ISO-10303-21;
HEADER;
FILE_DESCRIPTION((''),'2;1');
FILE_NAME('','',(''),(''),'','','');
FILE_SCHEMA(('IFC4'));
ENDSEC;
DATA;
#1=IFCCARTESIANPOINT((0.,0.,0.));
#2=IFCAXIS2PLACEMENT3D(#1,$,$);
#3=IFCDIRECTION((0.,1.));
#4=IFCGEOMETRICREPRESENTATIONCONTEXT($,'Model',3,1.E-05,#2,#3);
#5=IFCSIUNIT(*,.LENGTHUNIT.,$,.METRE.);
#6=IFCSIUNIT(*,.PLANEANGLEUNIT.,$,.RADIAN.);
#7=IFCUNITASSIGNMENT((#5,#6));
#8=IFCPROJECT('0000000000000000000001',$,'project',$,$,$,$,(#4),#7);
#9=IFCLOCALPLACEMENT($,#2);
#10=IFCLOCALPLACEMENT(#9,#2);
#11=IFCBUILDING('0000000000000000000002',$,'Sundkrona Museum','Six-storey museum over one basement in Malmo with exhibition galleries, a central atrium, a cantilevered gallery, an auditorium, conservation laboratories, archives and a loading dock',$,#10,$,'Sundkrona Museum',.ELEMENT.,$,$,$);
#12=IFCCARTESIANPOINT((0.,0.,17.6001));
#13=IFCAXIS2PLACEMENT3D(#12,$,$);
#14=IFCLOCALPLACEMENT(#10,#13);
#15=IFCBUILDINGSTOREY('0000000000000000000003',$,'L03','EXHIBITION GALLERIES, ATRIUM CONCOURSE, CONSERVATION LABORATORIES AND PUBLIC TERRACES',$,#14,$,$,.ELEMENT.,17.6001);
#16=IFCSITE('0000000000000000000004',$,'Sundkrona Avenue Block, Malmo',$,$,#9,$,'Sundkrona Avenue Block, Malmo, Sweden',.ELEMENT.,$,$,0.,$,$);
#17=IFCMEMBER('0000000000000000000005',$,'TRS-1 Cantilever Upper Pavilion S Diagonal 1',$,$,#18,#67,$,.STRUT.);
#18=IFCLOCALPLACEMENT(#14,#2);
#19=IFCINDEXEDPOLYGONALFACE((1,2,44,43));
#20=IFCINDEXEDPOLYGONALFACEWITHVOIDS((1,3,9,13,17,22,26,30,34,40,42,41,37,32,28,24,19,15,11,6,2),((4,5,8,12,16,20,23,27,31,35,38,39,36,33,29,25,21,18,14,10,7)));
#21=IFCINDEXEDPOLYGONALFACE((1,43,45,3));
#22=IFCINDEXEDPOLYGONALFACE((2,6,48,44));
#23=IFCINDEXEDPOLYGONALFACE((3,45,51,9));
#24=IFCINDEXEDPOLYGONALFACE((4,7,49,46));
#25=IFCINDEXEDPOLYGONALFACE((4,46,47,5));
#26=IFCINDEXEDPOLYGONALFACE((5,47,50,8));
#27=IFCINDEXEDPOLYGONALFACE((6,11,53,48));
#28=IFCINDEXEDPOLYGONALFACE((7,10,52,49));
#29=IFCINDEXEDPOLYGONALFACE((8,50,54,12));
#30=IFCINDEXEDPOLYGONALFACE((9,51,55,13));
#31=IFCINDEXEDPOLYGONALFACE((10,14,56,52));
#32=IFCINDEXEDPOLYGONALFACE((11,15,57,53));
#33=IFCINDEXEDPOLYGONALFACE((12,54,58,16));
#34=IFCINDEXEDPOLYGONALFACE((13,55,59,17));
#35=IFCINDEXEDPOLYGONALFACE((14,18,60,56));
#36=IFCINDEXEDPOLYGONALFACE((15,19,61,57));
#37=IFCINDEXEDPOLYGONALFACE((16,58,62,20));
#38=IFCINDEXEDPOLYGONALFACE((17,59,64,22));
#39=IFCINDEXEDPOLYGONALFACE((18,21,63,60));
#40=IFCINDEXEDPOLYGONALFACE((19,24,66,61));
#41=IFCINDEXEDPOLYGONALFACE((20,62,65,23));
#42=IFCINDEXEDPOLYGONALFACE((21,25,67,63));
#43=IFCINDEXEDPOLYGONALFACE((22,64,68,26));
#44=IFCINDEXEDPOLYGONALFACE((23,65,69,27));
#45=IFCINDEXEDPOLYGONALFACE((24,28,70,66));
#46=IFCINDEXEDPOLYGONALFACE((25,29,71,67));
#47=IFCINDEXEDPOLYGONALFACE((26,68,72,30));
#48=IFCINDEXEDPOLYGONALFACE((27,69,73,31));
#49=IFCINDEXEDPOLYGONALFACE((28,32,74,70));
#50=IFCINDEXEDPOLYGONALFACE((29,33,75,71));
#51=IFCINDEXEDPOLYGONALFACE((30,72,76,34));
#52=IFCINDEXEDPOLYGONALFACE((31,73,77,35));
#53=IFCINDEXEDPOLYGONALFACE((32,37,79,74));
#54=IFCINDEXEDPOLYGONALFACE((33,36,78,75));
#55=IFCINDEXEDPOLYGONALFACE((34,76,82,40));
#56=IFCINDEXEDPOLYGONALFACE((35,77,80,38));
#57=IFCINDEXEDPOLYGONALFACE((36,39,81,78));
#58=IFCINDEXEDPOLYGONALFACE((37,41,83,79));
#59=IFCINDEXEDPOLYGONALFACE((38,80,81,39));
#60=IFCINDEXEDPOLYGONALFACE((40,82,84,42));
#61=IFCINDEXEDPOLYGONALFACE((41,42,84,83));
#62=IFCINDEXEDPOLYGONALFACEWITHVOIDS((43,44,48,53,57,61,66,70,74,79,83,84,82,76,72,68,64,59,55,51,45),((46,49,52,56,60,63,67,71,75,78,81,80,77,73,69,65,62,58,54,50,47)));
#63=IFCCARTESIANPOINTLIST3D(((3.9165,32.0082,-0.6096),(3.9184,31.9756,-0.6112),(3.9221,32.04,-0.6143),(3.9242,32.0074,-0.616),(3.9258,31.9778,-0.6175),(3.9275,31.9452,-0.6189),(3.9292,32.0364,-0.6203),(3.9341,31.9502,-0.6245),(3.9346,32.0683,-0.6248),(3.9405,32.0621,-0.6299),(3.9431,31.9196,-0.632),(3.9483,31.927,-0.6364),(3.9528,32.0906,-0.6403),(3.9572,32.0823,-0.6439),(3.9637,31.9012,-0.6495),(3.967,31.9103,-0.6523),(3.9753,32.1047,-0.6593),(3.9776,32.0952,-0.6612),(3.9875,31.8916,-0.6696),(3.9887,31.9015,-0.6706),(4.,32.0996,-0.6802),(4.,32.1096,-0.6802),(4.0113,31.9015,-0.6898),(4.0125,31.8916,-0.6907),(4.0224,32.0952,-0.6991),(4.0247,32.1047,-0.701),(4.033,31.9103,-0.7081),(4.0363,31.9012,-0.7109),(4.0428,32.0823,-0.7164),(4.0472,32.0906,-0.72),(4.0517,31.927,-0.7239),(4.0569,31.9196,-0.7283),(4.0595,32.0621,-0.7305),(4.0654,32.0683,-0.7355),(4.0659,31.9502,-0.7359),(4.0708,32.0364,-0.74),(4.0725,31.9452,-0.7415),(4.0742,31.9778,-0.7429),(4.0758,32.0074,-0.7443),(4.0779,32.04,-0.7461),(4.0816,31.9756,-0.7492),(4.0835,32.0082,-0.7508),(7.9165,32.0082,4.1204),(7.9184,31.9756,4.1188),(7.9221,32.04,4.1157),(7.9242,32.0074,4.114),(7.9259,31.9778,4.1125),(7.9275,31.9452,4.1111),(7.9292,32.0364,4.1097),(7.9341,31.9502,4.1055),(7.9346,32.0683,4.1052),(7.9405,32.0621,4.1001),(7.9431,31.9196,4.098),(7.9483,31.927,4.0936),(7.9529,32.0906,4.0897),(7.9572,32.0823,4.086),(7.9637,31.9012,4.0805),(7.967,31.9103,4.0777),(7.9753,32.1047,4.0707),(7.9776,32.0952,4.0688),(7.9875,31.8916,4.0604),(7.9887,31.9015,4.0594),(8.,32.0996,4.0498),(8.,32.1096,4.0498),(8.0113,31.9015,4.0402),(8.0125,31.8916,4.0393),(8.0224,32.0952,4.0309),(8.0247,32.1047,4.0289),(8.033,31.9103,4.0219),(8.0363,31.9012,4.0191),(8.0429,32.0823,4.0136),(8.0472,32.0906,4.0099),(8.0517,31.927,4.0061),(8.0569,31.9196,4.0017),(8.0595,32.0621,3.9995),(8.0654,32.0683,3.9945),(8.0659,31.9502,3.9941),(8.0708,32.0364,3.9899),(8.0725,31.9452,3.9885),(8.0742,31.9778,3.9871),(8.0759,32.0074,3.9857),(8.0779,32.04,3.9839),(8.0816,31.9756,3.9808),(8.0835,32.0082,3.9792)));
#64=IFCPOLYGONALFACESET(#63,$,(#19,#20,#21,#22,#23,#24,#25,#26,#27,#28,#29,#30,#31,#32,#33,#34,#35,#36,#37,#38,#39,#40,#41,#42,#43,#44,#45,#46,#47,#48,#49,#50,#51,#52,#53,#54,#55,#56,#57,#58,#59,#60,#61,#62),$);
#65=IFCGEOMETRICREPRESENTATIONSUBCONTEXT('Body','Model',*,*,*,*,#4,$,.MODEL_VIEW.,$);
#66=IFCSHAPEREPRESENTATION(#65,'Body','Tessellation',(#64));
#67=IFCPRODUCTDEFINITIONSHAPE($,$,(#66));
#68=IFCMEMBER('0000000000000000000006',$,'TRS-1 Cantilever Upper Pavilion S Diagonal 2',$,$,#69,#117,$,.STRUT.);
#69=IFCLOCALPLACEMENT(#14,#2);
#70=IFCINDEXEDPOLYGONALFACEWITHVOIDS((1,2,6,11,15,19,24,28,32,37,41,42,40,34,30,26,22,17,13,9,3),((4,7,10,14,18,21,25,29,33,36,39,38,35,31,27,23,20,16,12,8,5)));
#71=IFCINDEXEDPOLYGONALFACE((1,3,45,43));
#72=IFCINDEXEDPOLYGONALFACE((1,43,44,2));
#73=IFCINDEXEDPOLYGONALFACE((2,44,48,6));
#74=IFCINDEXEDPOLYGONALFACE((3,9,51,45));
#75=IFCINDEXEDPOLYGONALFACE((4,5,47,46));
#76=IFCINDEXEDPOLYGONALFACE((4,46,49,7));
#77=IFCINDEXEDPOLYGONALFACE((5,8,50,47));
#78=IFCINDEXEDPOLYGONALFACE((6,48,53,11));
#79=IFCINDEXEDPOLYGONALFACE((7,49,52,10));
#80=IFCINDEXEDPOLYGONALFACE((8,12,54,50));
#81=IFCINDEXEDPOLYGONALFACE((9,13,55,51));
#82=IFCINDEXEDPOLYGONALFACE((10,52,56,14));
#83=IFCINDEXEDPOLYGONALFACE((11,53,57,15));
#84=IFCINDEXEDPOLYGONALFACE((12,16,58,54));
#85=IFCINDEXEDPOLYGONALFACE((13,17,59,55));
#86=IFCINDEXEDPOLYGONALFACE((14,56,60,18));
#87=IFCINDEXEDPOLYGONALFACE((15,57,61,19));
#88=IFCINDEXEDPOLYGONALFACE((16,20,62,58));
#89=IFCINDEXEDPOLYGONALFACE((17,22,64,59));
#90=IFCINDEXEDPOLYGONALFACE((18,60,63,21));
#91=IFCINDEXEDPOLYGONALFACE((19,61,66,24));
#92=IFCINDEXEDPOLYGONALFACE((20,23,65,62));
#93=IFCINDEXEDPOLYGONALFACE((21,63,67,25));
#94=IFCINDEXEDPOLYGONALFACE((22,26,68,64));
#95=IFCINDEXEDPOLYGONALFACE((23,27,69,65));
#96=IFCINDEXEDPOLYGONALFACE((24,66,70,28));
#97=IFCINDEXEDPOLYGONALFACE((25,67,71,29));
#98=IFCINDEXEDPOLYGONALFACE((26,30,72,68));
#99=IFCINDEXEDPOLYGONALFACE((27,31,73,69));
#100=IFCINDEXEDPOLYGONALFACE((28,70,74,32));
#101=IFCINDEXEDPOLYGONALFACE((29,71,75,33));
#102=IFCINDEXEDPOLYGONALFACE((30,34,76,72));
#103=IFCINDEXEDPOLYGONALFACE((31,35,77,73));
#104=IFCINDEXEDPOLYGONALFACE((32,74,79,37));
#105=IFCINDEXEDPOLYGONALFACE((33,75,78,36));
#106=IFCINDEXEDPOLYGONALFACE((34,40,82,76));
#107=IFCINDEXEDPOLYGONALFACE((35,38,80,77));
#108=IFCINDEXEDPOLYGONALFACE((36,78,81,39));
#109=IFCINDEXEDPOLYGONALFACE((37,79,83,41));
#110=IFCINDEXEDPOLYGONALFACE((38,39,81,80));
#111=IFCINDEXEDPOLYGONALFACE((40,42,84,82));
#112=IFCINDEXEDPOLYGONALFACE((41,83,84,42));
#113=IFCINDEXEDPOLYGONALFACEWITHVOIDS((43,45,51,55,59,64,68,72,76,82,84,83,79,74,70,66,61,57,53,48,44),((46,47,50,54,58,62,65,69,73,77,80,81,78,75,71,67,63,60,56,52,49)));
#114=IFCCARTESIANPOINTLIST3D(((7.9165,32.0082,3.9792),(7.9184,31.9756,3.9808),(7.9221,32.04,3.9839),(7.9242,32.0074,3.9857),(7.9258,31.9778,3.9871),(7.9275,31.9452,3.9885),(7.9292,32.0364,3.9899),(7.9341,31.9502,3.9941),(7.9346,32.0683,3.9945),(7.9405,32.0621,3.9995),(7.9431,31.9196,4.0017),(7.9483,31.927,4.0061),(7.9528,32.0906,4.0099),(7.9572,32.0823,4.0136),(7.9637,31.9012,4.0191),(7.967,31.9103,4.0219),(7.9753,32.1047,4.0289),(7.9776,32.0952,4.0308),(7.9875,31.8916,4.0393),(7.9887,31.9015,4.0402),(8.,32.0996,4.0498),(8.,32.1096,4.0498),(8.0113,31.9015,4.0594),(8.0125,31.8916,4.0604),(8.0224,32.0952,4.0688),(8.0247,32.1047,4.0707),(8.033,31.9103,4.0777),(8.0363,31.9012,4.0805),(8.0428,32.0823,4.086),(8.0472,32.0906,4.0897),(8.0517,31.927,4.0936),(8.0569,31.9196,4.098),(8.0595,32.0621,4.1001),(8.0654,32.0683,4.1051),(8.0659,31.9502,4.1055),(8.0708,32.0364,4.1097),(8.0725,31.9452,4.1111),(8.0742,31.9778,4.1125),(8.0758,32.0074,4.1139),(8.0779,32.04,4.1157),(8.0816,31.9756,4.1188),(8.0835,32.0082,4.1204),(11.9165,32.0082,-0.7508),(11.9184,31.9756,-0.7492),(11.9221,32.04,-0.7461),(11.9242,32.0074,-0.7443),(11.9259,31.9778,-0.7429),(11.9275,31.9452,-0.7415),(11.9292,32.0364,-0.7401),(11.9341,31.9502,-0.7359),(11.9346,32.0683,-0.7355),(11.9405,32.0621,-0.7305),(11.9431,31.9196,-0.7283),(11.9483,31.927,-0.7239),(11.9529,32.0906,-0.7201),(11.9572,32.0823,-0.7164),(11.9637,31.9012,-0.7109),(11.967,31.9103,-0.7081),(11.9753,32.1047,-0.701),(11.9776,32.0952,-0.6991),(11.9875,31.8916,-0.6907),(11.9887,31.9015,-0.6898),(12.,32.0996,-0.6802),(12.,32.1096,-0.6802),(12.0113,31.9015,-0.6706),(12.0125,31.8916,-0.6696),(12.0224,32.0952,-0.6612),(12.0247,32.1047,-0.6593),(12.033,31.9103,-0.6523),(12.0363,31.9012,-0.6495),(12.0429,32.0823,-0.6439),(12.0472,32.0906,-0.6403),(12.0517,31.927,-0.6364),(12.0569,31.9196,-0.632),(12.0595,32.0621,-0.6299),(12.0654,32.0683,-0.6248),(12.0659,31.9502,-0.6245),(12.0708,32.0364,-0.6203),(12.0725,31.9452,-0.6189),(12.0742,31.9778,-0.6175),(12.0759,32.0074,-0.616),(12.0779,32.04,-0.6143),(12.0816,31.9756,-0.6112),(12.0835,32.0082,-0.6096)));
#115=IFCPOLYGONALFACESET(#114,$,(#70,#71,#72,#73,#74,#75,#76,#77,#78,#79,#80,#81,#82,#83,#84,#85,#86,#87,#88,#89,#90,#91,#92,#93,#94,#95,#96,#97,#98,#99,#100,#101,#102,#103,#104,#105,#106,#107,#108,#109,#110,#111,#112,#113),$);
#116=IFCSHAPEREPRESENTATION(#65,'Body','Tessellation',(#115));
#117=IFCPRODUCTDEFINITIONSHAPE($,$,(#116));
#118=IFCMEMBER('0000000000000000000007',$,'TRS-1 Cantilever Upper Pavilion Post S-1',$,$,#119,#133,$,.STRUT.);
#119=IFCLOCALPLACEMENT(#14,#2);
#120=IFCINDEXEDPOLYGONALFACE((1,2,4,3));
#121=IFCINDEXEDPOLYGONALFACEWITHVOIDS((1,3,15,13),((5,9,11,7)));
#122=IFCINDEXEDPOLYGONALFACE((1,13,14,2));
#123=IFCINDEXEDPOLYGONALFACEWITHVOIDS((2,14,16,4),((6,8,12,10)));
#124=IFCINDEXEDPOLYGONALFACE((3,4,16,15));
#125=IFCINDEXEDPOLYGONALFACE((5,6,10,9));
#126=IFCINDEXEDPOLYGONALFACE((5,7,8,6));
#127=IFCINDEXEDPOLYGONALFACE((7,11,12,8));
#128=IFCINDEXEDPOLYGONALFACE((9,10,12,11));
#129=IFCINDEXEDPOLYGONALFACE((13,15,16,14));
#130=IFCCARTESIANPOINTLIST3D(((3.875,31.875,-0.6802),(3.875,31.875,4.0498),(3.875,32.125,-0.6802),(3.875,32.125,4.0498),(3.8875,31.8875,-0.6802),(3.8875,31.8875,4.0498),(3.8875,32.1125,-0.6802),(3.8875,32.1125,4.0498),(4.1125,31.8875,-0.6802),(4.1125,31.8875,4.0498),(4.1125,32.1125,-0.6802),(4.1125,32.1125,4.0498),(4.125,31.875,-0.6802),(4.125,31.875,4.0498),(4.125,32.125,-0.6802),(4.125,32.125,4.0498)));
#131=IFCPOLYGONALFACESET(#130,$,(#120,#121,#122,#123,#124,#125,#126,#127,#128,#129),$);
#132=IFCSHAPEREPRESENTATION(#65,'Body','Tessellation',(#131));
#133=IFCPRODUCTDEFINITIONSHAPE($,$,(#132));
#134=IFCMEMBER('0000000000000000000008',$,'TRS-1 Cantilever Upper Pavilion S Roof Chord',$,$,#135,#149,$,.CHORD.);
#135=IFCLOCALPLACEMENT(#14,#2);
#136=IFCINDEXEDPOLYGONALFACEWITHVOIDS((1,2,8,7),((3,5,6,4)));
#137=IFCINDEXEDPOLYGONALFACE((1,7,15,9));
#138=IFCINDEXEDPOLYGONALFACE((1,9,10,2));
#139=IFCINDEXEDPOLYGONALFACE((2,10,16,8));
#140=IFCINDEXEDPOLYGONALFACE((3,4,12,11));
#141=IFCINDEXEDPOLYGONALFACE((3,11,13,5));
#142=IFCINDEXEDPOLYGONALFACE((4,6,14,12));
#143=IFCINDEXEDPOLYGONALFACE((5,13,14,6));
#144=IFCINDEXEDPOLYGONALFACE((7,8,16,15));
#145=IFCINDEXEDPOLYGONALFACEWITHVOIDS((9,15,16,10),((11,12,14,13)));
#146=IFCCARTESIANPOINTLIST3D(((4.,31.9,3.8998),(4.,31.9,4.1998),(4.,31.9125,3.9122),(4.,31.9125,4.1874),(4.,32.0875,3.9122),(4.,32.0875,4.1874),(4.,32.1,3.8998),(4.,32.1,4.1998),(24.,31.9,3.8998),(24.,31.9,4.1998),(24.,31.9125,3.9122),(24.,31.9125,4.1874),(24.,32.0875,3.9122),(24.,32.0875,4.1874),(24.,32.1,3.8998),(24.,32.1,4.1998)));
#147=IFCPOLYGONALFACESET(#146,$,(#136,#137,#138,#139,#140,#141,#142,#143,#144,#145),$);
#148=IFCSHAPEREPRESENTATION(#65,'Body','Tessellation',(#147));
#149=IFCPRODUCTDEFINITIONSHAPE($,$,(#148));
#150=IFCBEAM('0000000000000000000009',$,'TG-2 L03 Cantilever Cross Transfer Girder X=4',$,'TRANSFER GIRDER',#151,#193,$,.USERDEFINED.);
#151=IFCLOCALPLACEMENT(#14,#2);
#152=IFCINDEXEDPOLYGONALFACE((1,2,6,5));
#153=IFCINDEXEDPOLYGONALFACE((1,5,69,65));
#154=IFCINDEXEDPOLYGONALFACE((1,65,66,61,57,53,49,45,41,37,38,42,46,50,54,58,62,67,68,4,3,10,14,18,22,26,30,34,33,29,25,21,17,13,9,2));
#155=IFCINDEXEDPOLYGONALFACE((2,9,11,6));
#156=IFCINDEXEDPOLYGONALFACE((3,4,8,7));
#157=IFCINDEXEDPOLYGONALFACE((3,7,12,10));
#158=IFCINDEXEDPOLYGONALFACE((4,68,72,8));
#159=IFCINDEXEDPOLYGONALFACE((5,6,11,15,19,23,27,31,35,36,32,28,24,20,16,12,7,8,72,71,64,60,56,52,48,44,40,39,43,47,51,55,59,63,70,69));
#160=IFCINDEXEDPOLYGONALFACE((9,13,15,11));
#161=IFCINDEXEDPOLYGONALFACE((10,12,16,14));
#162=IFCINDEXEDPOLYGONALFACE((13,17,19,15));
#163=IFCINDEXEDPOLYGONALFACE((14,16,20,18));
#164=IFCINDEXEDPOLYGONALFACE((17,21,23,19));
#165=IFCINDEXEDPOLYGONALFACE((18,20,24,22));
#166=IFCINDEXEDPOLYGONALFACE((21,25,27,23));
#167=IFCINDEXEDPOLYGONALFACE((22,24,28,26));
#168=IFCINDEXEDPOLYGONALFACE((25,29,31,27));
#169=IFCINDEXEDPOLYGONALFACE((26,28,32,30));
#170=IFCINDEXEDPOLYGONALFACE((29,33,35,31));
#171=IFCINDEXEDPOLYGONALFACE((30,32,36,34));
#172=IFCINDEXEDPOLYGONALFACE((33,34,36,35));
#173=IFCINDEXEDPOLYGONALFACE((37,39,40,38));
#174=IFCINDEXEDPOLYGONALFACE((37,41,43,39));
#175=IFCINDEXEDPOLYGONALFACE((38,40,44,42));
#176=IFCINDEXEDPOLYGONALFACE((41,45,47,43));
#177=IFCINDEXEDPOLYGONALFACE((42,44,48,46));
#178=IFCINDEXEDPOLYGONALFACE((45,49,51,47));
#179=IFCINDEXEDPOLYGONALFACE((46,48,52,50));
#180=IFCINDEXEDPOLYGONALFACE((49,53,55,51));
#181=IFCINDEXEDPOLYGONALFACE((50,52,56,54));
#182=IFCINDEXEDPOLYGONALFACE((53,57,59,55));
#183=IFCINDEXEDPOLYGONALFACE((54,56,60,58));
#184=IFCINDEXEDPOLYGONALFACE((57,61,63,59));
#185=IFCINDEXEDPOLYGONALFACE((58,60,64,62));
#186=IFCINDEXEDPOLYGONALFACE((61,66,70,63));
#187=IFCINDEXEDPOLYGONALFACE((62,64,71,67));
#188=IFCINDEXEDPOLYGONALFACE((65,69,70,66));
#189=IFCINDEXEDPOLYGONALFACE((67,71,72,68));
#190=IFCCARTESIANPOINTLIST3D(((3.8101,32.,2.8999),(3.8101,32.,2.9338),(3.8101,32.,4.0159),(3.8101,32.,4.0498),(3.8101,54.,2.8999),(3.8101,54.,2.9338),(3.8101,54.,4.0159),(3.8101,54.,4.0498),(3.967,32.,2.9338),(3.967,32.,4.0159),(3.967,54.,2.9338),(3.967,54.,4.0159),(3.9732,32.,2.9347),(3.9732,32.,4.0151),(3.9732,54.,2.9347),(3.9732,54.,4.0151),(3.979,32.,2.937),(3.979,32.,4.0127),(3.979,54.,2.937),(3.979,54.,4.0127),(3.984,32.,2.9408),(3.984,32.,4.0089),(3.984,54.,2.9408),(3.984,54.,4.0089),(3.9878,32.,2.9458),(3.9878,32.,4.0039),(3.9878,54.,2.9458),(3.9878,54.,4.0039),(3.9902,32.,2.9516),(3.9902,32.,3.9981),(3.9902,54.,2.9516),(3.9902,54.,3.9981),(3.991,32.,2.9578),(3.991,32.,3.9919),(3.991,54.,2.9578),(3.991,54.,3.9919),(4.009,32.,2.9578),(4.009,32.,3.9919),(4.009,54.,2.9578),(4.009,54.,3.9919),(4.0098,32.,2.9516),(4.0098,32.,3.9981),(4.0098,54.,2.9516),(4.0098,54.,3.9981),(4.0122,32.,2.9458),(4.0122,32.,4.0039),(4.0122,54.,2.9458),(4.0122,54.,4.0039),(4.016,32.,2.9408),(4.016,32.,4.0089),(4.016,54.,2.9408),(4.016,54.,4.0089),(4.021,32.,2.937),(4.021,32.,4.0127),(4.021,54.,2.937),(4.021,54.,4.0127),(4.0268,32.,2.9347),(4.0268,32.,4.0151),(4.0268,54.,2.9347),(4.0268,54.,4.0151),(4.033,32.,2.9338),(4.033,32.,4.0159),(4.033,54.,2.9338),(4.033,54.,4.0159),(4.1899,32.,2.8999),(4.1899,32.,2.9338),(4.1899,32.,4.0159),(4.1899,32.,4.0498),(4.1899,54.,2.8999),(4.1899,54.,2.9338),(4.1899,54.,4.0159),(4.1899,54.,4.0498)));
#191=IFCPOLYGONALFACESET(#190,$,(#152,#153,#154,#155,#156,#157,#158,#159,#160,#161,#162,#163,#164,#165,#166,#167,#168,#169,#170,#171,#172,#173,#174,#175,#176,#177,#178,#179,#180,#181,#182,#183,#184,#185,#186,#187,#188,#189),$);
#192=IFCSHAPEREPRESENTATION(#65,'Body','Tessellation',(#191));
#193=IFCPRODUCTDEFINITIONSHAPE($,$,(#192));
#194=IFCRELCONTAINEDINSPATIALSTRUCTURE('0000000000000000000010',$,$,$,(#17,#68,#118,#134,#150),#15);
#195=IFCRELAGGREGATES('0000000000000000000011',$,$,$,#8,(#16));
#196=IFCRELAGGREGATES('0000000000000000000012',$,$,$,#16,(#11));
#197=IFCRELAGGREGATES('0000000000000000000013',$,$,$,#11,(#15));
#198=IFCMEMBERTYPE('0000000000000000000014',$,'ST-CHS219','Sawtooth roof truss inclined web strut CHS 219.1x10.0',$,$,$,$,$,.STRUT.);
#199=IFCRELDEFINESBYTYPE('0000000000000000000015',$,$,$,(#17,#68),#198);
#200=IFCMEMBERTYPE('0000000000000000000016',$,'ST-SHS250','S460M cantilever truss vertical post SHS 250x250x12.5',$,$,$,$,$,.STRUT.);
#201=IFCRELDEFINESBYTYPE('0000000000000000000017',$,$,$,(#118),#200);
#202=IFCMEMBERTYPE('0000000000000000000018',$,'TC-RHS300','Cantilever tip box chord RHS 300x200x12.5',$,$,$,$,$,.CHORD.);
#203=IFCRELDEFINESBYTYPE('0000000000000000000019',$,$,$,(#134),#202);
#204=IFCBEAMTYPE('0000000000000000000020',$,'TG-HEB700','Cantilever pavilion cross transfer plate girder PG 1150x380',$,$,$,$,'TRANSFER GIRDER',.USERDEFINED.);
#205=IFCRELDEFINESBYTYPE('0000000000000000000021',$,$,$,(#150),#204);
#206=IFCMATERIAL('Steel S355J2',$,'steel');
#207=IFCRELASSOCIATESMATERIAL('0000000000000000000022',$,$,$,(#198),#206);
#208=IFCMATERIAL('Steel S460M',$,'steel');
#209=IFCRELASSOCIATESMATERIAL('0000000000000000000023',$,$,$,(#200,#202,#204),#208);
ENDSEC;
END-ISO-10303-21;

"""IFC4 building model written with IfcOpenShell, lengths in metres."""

from ifc_helpers import new_model, si_unit, direction, frame, origin, origin_2d, place, context, subcontext, project, spatial, hollow_rectangle, hollow_circle, i_section, extrude, material, material_profile, profile_set, type_object, element, save


model = new_model("IFC4")

# Units and contexts
model_context = context("Model", 3, precision=1e-05, world=origin(), true_north=direction((0.0, 1.0)))
body_context = subcontext(model_context, "Body", "Model", "MODEL_VIEW")
ifc_project = project(units=[si_unit("LENGTHUNIT", "METRE"), si_unit("PLANEANGLEUNIT", "RADIAN")], contexts=[model_context])

# Site, building, storey
site_placement = place(None, origin())
site = spatial("IfcSite", under=ifc_project, at=site_placement, Name="Sundkrona Avenue Block, Malmo", LongName="Sundkrona Avenue Block, Malmo, Sweden", CompositionType="ELEMENT", RefElevation=0.0)
building_placement = place(site_placement, origin())
building = spatial("IfcBuilding", under=site, at=building_placement, Name="Sundkrona Museum", Description="Six-storey museum over one basement in Malmo with exhibition galleries, a central atrium, a cantilevered gallery, an auditorium, conservation laboratories, archives and a loading dock", LongName="Sundkrona Museum", CompositionType="ELEMENT")
storey_placement = place(building_placement, frame((0.0, 0.0, 17.6001)))
storey = spatial("IfcBuildingStorey", under=building, at=storey_placement, Name="L03", Description="EXHIBITION GALLERIES, ATRIUM CONCOURSE, CONSERVATION LABORATORIES AND PUBLIC TERRACES", CompositionType="ELEMENT", Elevation=17.6001)

# Members
ifc_material_1 = material(Name="Steel S355J2", Category="steel")
ifc_material_profile_1 = material_profile(ifc_material_1, hollow_circle(Radius=0.1096, WallThickness=0.01, at=origin_2d()), Name="CHS 219.1x10.0")
ifc_profile_set_1 = profile_set([ifc_material_profile_1], Name="Steel S355J2")
member_type_1 = type_object("IfcMemberType", Name="ST-CHS219", Description="Sawtooth roof truss inclined web strut CHS 219.1x10.0", PredefinedType="STRUT", material=ifc_profile_set_1)
for number, where, z_axis, x_axis, name in (
    (1, (4.0, 32.0, -0.6802), (0.645727, 0.0, 0.763569), (0.0, 1.0, 0.0), "TRS-1 Cantilever Upper Pavilion S Diagonal 1"),
    (2, (8.0, 32.0, 4.0498), (0.645727, 0.0, -0.763569), (0.0, 1.0, 0.0), "TRS-1 Cantilever Upper Pavilion S Diagonal 2"),
):
    element("IfcMember", number, at=place(storey_placement, frame(where, z_axis=z_axis, x_axis=x_axis)), inside=storey, type_object=member_type_1, Name=name, PredefinedType="STRUT", context=body_context, shape_type="SweptSolid", body=[
        extrude(hollow_circle(Radius=0.1096, WallThickness=0.01, at=origin_2d()), origin(), (0.0, 0.0, 1.0), 6.1946),
    ])
ifc_material_2 = material(Name="Steel S460M", Category="steel")
ifc_material_profile_2 = material_profile(ifc_material_2, hollow_rectangle(XDim=0.25, YDim=0.25, WallThickness=0.0125, at=origin_2d()), Name="SHS 250x250x12.5")
ifc_profile_set_2 = profile_set([ifc_material_profile_2], Name="Steel S460M")
member_type_2 = type_object("IfcMemberType", Name="ST-SHS250", Description="S460M cantilever truss vertical post SHS 250x250x12.5", PredefinedType="STRUT", material=ifc_profile_set_2)
member_1_placement = place(storey_placement, frame((4.0, 32.0, -0.6802), z_axis=(0.0, 0.0, 1.0), x_axis=(1.0, 0.0, 0.0)))
element("IfcMember", 3, at=member_1_placement, inside=storey, type_object=member_type_2, Name="TRS-1 Cantilever Upper Pavilion Post S-1", PredefinedType="STRUT", context=body_context, shape_type="SweptSolid", body=[
    extrude(hollow_rectangle(XDim=0.25, YDim=0.25, WallThickness=0.0125, at=origin_2d()), origin(), (0.0, 0.0, 1.0), 4.73),
])
ifc_material_profile_3 = material_profile(ifc_material_2, hollow_rectangle(XDim=0.2, YDim=0.3, WallThickness=0.0125, at=origin_2d()), Name="RHS 300x200x12.5")
ifc_profile_set_3 = profile_set([ifc_material_profile_3], Name="Steel S460M")
member_type_3 = type_object("IfcMemberType", Name="TC-RHS300", Description="Cantilever tip box chord RHS 300x200x12.5", PredefinedType="CHORD", material=ifc_profile_set_3)
member_2_placement = place(storey_placement, frame((4.0, 32.0, 4.0498), z_axis=(1.0, 0.0, 0.0), x_axis=(0.0, 1.0, 0.0)))
element("IfcMember", 4, at=member_2_placement, inside=storey, type_object=member_type_3, Name="TRS-1 Cantilever Upper Pavilion S Roof Chord", PredefinedType="CHORD", context=body_context, shape_type="SweptSolid", body=[
    extrude(hollow_rectangle(XDim=0.2, YDim=0.3, WallThickness=0.0125, at=origin_2d()), origin(), (0.0, 0.0, 1.0), 20.0),
])

# Beam
ifc_material_profile_4 = material_profile(ifc_material_2, i_section(OverallWidth=0.3799, OverallDepth=1.1499, WebThickness=0.0181, FlangeThickness=0.0339, FilletRadius=0.0239, at=origin_2d()), Name="PG 1150x380")
ifc_profile_set_4 = profile_set([ifc_material_profile_4], Name="Steel S460M")
beam_type = type_object("IfcBeamType", Name="TG-HEB700", Description="Cantilever pavilion cross transfer plate girder PG 1150x380", ElementType="TRANSFER GIRDER", PredefinedType="USERDEFINED", material=ifc_profile_set_4)
beam_placement = place(storey_placement, frame((4.0, 32.0, 3.4749), z_axis=(0.0, 1.0, 0.0), x_axis=(-1.0, 0.0, 0.0)))
element("IfcBeam", 5, at=beam_placement, inside=storey, type_object=beam_type, Name="TG-2 L03 Cantilever Cross Transfer Girder X=4", ObjectType="TRANSFER GIRDER", PredefinedType="USERDEFINED", context=body_context, shape_type="SweptSolid", body=[
    extrude(i_section(OverallWidth=0.3799, OverallDepth=1.1499, WebThickness=0.0181, FlangeThickness=0.0339, FilletRadius=0.0239, at=origin_2d()), origin(), (0.0, 0.0, 1.0), 22.0),
])

save(model, "model.ifc")
